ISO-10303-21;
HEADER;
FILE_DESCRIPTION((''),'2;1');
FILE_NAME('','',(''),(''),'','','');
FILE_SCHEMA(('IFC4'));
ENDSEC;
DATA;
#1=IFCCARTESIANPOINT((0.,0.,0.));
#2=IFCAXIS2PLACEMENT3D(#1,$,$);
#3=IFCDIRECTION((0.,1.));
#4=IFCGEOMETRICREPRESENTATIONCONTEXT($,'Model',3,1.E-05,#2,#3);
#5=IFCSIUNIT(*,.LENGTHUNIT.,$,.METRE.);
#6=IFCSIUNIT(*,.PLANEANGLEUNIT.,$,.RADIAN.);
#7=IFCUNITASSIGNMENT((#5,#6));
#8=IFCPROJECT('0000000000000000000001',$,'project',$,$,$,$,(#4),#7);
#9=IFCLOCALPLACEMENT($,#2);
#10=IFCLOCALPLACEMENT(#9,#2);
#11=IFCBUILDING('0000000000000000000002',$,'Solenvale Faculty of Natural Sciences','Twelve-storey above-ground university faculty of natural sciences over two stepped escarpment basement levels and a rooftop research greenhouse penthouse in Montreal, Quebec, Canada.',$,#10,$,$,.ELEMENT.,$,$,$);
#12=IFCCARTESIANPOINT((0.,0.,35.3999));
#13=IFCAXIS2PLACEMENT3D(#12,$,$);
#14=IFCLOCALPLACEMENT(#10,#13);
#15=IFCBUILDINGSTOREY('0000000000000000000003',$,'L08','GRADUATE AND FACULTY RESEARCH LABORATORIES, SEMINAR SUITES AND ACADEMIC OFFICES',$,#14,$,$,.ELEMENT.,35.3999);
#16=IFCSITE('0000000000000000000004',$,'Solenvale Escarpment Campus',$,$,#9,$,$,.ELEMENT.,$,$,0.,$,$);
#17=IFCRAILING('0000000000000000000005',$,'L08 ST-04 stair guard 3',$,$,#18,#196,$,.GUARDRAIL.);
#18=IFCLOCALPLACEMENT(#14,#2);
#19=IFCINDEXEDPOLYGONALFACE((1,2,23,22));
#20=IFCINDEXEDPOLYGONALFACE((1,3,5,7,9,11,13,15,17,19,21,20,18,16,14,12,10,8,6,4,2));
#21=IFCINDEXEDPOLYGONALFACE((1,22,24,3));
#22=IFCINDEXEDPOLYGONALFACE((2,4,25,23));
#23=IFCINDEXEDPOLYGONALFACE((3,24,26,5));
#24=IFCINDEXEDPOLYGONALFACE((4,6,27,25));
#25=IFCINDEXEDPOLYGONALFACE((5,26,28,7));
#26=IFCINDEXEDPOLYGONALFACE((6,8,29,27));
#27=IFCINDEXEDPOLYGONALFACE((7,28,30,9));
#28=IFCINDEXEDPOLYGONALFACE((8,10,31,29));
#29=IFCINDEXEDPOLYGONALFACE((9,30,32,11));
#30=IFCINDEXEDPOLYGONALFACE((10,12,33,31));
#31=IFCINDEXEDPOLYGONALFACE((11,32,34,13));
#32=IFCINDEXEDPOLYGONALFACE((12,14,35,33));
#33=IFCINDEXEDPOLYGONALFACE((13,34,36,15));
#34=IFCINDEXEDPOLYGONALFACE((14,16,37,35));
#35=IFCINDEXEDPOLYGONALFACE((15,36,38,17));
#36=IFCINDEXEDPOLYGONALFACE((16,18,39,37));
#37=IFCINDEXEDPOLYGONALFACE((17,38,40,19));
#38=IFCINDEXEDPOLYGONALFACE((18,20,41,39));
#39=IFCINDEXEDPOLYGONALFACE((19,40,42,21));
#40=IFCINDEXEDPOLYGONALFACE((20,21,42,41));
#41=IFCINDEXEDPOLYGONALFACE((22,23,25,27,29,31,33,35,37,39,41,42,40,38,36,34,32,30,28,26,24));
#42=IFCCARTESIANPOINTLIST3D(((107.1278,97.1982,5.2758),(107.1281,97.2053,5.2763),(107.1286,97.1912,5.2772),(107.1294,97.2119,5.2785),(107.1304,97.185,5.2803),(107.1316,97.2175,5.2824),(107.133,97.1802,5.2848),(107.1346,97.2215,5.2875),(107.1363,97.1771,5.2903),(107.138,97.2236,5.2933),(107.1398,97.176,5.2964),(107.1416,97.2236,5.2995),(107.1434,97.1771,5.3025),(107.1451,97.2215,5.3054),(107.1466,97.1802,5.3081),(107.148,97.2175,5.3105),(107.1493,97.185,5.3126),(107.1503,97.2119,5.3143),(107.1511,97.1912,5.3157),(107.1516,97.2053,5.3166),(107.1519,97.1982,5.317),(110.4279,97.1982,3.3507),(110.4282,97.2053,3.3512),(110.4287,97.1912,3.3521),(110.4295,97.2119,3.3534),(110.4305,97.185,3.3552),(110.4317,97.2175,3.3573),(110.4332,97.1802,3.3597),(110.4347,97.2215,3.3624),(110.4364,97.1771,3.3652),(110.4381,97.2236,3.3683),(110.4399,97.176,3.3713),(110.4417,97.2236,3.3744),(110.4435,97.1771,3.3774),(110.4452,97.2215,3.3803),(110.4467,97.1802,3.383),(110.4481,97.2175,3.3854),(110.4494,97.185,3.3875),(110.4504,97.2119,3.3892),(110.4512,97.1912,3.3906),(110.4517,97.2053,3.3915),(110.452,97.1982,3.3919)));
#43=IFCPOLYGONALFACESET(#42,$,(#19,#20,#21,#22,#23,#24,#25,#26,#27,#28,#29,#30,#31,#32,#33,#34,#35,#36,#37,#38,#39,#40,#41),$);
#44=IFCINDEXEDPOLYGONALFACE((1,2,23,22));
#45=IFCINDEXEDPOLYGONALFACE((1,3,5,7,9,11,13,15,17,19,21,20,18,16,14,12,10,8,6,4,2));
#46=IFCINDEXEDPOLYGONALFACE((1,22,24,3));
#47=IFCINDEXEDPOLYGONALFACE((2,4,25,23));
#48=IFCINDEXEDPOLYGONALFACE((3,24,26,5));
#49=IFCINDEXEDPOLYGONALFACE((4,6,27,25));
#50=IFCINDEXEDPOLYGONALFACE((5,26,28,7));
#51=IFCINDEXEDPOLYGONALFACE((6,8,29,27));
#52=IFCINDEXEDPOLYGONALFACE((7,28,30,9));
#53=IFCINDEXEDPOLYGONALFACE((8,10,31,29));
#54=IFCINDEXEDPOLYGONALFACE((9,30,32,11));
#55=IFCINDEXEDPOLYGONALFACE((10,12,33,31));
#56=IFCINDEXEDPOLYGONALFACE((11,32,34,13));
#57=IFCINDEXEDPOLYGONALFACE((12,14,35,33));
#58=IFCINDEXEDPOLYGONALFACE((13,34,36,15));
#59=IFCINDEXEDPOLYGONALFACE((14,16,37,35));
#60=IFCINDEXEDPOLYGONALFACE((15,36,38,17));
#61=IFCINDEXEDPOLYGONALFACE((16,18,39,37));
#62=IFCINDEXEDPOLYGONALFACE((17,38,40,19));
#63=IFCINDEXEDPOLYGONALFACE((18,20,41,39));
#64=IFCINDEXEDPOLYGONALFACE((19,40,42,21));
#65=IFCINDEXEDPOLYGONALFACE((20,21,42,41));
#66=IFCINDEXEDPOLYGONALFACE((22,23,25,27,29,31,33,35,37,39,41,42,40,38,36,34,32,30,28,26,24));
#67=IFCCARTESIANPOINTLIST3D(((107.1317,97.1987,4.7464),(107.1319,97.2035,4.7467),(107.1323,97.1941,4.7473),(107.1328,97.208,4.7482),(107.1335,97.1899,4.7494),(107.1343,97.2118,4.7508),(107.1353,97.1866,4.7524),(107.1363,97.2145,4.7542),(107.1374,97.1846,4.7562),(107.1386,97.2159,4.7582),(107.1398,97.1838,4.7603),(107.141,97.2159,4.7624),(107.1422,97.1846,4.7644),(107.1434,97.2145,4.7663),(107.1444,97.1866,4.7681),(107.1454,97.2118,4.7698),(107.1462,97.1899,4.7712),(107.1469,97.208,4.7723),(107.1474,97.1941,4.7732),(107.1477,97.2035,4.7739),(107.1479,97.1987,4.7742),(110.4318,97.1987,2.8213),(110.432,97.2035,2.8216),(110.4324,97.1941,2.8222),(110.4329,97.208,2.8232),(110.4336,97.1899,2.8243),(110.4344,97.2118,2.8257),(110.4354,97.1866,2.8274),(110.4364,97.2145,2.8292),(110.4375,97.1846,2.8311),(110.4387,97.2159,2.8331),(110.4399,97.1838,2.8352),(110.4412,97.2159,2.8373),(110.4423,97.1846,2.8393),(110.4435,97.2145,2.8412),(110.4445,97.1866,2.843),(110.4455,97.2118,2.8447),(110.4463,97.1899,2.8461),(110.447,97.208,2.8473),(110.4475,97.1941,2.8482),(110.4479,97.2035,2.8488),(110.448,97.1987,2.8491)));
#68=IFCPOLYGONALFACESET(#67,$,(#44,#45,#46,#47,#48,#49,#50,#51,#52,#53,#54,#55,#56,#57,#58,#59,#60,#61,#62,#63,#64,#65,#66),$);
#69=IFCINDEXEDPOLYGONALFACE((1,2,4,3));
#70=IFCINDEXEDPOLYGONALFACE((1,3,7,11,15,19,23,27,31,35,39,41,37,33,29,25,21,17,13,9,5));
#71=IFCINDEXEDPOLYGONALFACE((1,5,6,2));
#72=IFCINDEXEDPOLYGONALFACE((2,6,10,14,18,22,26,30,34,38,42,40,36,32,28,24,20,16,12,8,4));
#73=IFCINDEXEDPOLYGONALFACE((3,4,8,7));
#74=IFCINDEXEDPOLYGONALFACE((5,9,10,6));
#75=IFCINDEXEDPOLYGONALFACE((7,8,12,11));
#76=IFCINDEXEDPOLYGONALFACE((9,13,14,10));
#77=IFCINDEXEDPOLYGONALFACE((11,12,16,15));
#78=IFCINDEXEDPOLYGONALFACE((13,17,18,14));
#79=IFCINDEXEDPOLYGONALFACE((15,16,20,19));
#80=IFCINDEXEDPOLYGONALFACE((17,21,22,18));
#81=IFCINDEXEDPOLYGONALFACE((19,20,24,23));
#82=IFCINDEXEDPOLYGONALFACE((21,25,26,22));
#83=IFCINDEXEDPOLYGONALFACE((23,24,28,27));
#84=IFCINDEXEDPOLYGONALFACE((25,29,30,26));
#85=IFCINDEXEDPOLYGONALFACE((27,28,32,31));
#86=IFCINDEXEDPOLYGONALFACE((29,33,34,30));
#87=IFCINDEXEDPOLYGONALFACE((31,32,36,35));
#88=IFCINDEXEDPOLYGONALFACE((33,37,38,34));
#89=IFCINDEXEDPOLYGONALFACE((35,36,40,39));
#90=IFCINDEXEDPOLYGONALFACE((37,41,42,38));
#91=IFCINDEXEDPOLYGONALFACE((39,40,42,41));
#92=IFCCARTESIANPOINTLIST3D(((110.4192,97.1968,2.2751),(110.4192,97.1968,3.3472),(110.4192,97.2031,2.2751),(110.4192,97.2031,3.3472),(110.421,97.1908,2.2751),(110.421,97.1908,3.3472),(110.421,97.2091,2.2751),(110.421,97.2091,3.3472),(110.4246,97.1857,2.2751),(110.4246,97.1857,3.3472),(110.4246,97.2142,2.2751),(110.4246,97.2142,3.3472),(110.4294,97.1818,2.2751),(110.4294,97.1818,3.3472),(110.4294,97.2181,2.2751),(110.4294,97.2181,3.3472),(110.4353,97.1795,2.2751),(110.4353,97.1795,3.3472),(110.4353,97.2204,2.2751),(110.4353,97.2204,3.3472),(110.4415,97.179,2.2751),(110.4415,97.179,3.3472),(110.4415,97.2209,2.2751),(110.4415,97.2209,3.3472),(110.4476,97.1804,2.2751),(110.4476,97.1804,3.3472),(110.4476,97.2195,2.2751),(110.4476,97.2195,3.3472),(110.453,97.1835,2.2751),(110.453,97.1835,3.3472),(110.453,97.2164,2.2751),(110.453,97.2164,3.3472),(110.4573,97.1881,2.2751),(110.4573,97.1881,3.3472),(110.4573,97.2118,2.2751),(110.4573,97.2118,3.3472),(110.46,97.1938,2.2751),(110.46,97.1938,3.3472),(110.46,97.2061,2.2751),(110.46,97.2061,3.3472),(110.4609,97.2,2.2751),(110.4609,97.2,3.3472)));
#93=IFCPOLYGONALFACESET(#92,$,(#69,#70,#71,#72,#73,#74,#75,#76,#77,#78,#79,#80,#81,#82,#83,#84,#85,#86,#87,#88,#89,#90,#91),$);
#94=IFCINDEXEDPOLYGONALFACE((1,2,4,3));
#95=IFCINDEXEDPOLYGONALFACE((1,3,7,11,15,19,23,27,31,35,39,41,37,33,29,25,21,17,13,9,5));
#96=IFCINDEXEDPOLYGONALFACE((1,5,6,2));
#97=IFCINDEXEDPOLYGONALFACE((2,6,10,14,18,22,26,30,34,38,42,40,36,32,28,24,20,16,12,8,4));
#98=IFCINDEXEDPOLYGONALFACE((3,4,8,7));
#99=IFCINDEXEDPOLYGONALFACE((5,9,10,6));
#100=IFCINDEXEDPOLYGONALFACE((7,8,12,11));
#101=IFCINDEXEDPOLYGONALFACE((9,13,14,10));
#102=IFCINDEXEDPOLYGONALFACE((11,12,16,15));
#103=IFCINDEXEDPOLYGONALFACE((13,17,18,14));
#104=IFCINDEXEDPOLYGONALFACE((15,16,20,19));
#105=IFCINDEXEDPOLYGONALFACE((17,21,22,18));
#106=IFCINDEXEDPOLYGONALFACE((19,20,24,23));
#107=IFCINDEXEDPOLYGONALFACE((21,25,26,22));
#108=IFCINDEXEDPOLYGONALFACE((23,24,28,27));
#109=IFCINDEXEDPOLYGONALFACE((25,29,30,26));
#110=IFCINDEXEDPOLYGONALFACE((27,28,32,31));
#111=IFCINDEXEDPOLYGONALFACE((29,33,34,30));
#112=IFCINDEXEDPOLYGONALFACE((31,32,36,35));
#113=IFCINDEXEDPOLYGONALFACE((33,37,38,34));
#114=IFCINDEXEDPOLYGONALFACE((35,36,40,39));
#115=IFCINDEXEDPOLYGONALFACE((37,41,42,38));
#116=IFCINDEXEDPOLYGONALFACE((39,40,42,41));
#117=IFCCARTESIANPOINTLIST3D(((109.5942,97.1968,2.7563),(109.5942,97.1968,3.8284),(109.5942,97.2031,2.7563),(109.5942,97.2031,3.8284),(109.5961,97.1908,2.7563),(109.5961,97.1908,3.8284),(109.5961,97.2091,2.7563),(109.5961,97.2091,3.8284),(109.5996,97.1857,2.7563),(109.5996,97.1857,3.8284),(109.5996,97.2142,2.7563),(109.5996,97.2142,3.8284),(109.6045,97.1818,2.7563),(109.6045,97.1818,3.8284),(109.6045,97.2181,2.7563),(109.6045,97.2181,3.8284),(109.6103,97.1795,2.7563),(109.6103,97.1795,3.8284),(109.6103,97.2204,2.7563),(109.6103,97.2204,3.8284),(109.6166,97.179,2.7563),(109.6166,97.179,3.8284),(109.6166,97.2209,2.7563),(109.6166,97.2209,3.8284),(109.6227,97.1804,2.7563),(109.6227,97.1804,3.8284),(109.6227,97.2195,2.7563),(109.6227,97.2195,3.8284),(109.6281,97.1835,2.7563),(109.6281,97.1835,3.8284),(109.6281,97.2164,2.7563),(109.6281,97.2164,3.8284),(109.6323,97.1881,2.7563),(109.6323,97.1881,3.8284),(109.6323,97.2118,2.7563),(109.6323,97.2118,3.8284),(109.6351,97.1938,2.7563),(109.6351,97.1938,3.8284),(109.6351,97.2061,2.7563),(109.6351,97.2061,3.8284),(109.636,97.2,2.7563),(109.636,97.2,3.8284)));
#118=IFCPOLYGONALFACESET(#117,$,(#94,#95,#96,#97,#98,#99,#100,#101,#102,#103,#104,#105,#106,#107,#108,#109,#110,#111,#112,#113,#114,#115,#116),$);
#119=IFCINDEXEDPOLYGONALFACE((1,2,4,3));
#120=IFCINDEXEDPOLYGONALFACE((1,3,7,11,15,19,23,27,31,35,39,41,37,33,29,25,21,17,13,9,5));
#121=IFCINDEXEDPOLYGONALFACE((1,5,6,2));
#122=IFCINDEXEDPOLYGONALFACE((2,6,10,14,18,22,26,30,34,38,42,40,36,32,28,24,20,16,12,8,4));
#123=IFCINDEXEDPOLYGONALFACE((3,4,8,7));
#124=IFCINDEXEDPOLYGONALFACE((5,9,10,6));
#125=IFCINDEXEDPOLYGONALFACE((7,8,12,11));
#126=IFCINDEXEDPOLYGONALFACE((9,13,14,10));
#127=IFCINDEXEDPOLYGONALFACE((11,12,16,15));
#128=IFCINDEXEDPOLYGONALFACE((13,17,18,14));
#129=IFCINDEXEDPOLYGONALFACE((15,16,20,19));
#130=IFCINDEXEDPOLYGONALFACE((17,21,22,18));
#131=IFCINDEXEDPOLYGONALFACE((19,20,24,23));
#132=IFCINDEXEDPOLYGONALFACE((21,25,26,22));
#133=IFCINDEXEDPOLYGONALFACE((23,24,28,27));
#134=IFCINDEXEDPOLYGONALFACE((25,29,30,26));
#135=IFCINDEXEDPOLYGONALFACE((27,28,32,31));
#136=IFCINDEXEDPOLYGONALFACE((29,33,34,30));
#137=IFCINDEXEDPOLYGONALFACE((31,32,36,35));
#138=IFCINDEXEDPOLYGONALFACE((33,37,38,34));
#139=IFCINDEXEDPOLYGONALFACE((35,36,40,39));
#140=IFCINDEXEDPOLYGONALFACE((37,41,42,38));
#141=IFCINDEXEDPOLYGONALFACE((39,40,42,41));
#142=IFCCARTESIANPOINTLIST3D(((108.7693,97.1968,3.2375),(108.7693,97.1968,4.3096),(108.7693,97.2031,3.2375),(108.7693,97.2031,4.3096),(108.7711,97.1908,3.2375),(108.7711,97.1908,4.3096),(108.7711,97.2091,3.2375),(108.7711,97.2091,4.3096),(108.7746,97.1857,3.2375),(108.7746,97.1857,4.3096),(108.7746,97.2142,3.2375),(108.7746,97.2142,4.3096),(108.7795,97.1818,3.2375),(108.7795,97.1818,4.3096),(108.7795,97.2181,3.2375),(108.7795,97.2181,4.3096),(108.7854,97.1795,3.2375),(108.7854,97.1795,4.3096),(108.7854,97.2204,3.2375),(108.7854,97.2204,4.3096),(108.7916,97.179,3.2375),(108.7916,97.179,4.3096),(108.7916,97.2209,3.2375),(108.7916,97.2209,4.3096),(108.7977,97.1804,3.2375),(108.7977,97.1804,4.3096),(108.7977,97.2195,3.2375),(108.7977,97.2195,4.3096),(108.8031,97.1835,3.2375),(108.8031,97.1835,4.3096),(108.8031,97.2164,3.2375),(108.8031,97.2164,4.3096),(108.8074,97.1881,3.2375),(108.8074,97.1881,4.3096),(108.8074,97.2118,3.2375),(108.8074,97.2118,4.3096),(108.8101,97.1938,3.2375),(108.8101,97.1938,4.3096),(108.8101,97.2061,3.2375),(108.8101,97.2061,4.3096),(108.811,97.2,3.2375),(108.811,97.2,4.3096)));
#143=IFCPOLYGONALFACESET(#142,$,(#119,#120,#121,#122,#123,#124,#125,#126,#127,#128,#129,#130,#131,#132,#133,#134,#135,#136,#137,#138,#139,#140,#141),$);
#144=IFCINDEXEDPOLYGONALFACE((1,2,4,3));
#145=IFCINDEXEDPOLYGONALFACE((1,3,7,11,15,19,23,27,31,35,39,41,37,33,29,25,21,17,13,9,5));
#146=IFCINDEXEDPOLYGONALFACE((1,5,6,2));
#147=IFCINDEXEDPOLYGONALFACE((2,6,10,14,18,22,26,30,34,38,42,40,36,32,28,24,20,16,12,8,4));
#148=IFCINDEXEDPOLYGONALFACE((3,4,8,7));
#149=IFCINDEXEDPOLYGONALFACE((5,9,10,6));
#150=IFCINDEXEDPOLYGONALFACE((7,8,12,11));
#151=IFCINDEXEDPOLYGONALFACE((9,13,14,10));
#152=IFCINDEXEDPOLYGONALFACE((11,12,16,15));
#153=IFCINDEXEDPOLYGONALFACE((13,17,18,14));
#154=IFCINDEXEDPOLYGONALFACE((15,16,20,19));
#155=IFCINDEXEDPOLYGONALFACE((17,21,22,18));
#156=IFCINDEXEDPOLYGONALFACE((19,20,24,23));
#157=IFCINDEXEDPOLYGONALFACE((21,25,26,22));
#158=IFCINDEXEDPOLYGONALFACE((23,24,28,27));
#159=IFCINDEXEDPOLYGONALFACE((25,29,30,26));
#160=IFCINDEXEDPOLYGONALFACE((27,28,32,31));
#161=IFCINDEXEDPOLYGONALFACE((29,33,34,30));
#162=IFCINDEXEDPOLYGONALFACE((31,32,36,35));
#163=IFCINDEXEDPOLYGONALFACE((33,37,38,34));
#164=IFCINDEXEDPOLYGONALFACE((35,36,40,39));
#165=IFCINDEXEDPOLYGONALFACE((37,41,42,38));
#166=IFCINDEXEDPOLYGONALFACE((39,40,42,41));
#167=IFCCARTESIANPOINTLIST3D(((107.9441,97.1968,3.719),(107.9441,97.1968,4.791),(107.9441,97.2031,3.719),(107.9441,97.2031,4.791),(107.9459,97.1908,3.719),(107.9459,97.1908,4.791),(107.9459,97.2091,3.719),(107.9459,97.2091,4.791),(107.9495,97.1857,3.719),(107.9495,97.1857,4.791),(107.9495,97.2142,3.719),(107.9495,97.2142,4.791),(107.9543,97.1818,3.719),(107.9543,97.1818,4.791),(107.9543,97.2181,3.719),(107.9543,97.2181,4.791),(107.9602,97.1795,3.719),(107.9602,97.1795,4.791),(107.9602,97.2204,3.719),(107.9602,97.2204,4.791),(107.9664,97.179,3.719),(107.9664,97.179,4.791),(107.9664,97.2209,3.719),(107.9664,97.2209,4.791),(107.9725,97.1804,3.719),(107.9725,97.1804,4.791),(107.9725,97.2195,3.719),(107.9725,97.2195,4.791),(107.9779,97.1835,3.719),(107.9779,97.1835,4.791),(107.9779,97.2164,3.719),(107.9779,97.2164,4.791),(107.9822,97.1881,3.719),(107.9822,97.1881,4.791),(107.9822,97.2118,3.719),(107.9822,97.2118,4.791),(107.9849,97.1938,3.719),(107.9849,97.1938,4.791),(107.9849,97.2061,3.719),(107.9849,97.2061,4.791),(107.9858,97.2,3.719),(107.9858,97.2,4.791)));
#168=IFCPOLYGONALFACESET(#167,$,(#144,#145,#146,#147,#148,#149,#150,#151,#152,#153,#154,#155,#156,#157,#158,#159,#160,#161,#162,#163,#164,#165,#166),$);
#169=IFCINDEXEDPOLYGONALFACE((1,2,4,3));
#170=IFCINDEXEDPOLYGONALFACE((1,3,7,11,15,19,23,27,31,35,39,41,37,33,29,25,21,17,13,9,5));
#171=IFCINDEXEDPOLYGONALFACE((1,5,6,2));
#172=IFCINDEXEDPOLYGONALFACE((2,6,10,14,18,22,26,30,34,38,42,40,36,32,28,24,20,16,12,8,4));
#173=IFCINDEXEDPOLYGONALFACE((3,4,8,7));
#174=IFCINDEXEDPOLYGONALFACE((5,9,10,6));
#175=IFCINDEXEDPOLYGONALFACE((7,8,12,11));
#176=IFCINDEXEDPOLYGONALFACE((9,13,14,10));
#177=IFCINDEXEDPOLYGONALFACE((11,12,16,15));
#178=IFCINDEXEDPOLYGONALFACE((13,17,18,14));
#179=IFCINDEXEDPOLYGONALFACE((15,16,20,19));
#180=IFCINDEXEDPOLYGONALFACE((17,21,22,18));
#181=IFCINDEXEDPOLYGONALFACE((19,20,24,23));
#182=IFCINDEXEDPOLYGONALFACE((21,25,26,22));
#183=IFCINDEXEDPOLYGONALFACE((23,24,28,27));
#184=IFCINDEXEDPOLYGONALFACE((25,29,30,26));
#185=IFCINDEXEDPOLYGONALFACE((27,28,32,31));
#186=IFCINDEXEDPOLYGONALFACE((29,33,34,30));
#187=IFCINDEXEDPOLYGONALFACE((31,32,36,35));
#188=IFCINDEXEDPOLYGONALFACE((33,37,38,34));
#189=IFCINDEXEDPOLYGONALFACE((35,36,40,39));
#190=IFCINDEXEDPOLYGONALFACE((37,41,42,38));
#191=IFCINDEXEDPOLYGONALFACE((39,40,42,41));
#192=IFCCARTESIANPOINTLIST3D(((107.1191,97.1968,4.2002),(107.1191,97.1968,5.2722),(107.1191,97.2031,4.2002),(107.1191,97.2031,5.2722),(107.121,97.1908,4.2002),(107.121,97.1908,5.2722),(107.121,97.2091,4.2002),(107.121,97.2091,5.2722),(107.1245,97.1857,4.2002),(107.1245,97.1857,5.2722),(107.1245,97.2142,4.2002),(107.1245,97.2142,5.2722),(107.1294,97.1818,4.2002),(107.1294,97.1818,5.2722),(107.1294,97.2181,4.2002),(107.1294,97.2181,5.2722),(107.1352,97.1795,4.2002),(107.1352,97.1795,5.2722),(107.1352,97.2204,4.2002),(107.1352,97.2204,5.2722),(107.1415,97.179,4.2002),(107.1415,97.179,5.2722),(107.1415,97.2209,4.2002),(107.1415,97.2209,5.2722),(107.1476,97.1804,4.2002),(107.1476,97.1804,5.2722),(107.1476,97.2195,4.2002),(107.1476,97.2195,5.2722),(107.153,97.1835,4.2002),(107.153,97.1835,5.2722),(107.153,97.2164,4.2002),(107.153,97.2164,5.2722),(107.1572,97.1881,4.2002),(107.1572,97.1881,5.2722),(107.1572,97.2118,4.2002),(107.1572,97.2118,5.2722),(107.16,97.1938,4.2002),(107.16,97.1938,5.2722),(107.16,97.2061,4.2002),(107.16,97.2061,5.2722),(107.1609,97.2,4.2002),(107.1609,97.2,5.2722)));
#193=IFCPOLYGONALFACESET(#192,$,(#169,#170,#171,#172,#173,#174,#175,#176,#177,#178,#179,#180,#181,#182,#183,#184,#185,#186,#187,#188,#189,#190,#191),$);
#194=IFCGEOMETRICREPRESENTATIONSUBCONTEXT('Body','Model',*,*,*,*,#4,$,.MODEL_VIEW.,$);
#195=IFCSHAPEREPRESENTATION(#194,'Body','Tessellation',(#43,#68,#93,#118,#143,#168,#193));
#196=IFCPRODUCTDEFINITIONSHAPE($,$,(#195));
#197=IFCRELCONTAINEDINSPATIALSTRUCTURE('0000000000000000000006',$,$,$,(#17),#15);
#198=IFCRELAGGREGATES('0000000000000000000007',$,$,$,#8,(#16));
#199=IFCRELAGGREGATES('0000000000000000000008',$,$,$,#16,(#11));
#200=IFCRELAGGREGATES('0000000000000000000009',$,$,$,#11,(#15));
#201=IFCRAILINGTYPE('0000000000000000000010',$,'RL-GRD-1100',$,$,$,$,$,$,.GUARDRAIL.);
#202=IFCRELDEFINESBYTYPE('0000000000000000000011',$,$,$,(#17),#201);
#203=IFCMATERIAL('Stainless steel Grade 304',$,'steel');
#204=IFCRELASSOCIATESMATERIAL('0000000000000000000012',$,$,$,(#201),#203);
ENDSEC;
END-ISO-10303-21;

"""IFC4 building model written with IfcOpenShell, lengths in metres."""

from ifc_helpers import new_model, si_unit, direction, frame, origin, origin_2d, place, context, subcontext, project, spatial, circle, extrude, material, type_object, element, save


model = new_model("IFC4")

# Units and contexts
model_context = context("Model", 3, precision=1e-05, world=origin(), true_north=direction((0.0, 1.0)))
body_context = subcontext(model_context, "Body", "Model", "MODEL_VIEW")
ifc_project = project(units=[si_unit("LENGTHUNIT", "METRE"), si_unit("PLANEANGLEUNIT", "RADIAN")], contexts=[model_context])

# Site, building, storey
site_placement = place(None, origin())
site = spatial("IfcSite", under=ifc_project, at=site_placement, Name="Solenvale Escarpment Campus", CompositionType="ELEMENT", RefElevation=0.0)
building_placement = place(site_placement, origin())
building = spatial("IfcBuilding", under=site, at=building_placement, Name="Solenvale Faculty of Natural Sciences", Description="Twelve-storey above-ground university faculty of natural sciences over two stepped escarpment basement levels and a rooftop research greenhouse penthouse in Montreal, Quebec, Canada.", CompositionType="ELEMENT")
storey_placement = place(building_placement, frame((0.0, 0.0, 35.3999)))
storey = spatial("IfcBuildingStorey", under=building, at=storey_placement, Name="L08", Description="GRADUATE AND FACULTY RESEARCH LABORATORIES, SEMINAR SUITES AND ACADEMIC OFFICES", CompositionType="ELEMENT", Elevation=35.3999)

# Railing
ifc_material_1 = material(Name="Stainless steel Grade 304", Category="steel")
railing_type_1 = type_object("IfcRailingType", Name="RL-GRD-1100", PredefinedType="GUARDRAIL", material=ifc_material_1)
railing_1_placement = place(storey_placement, frame((110.4399, 97.2, 2.2751)))
element("IfcRailing", 1, at=railing_1_placement, inside=storey, type_object=railing_type_1, Name="L08 ST-04 stair guard 3", PredefinedType="GUARDRAIL", context=body_context, shape_type="SweptSolid", body=[
    extrude(circle(Radius=0.0239, at=origin_2d()), frame((0.0, 0.0, 1.0962), z_axis=(-0.863777, 0.0, 0.503875), x_axis=(0.0, -1.0, 0.0)), (0.0, 0.0, 1.0), 3.8206),
    extrude(circle(Radius=0.0161, at=origin_2d()), frame((0.0, 0.0, 0.5601), z_axis=(-0.863777, 0.0, 0.503875), x_axis=(0.0, -1.0, 0.0)), (0.0, 0.0, 1.0), 3.8206),
    extrude(circle(Radius=0.021, at=origin_2d()), origin(), (0.0, 0.0, 1.0), 1.072),
    extrude(circle(Radius=0.021, at=origin_2d()), frame((-0.825, 0.0, 0.4812)), (0.0, 0.0, 1.0), 1.072),
    extrude(circle(Radius=0.021, at=origin_2d()), frame((-1.6499, 0.0, 0.9624)), (0.0, 0.0, 1.0), 1.072),
    extrude(circle(Radius=0.021, at=origin_2d()), frame((-2.4751, 0.0, 1.4438)), (0.0, 0.0, 1.0), 1.072),
    extrude(circle(Radius=0.021, at=origin_2d()), frame((-3.3, 0.0, 1.925)), (0.0, 0.0, 1.0), 1.072),
])

save(model, "model.ifc")
